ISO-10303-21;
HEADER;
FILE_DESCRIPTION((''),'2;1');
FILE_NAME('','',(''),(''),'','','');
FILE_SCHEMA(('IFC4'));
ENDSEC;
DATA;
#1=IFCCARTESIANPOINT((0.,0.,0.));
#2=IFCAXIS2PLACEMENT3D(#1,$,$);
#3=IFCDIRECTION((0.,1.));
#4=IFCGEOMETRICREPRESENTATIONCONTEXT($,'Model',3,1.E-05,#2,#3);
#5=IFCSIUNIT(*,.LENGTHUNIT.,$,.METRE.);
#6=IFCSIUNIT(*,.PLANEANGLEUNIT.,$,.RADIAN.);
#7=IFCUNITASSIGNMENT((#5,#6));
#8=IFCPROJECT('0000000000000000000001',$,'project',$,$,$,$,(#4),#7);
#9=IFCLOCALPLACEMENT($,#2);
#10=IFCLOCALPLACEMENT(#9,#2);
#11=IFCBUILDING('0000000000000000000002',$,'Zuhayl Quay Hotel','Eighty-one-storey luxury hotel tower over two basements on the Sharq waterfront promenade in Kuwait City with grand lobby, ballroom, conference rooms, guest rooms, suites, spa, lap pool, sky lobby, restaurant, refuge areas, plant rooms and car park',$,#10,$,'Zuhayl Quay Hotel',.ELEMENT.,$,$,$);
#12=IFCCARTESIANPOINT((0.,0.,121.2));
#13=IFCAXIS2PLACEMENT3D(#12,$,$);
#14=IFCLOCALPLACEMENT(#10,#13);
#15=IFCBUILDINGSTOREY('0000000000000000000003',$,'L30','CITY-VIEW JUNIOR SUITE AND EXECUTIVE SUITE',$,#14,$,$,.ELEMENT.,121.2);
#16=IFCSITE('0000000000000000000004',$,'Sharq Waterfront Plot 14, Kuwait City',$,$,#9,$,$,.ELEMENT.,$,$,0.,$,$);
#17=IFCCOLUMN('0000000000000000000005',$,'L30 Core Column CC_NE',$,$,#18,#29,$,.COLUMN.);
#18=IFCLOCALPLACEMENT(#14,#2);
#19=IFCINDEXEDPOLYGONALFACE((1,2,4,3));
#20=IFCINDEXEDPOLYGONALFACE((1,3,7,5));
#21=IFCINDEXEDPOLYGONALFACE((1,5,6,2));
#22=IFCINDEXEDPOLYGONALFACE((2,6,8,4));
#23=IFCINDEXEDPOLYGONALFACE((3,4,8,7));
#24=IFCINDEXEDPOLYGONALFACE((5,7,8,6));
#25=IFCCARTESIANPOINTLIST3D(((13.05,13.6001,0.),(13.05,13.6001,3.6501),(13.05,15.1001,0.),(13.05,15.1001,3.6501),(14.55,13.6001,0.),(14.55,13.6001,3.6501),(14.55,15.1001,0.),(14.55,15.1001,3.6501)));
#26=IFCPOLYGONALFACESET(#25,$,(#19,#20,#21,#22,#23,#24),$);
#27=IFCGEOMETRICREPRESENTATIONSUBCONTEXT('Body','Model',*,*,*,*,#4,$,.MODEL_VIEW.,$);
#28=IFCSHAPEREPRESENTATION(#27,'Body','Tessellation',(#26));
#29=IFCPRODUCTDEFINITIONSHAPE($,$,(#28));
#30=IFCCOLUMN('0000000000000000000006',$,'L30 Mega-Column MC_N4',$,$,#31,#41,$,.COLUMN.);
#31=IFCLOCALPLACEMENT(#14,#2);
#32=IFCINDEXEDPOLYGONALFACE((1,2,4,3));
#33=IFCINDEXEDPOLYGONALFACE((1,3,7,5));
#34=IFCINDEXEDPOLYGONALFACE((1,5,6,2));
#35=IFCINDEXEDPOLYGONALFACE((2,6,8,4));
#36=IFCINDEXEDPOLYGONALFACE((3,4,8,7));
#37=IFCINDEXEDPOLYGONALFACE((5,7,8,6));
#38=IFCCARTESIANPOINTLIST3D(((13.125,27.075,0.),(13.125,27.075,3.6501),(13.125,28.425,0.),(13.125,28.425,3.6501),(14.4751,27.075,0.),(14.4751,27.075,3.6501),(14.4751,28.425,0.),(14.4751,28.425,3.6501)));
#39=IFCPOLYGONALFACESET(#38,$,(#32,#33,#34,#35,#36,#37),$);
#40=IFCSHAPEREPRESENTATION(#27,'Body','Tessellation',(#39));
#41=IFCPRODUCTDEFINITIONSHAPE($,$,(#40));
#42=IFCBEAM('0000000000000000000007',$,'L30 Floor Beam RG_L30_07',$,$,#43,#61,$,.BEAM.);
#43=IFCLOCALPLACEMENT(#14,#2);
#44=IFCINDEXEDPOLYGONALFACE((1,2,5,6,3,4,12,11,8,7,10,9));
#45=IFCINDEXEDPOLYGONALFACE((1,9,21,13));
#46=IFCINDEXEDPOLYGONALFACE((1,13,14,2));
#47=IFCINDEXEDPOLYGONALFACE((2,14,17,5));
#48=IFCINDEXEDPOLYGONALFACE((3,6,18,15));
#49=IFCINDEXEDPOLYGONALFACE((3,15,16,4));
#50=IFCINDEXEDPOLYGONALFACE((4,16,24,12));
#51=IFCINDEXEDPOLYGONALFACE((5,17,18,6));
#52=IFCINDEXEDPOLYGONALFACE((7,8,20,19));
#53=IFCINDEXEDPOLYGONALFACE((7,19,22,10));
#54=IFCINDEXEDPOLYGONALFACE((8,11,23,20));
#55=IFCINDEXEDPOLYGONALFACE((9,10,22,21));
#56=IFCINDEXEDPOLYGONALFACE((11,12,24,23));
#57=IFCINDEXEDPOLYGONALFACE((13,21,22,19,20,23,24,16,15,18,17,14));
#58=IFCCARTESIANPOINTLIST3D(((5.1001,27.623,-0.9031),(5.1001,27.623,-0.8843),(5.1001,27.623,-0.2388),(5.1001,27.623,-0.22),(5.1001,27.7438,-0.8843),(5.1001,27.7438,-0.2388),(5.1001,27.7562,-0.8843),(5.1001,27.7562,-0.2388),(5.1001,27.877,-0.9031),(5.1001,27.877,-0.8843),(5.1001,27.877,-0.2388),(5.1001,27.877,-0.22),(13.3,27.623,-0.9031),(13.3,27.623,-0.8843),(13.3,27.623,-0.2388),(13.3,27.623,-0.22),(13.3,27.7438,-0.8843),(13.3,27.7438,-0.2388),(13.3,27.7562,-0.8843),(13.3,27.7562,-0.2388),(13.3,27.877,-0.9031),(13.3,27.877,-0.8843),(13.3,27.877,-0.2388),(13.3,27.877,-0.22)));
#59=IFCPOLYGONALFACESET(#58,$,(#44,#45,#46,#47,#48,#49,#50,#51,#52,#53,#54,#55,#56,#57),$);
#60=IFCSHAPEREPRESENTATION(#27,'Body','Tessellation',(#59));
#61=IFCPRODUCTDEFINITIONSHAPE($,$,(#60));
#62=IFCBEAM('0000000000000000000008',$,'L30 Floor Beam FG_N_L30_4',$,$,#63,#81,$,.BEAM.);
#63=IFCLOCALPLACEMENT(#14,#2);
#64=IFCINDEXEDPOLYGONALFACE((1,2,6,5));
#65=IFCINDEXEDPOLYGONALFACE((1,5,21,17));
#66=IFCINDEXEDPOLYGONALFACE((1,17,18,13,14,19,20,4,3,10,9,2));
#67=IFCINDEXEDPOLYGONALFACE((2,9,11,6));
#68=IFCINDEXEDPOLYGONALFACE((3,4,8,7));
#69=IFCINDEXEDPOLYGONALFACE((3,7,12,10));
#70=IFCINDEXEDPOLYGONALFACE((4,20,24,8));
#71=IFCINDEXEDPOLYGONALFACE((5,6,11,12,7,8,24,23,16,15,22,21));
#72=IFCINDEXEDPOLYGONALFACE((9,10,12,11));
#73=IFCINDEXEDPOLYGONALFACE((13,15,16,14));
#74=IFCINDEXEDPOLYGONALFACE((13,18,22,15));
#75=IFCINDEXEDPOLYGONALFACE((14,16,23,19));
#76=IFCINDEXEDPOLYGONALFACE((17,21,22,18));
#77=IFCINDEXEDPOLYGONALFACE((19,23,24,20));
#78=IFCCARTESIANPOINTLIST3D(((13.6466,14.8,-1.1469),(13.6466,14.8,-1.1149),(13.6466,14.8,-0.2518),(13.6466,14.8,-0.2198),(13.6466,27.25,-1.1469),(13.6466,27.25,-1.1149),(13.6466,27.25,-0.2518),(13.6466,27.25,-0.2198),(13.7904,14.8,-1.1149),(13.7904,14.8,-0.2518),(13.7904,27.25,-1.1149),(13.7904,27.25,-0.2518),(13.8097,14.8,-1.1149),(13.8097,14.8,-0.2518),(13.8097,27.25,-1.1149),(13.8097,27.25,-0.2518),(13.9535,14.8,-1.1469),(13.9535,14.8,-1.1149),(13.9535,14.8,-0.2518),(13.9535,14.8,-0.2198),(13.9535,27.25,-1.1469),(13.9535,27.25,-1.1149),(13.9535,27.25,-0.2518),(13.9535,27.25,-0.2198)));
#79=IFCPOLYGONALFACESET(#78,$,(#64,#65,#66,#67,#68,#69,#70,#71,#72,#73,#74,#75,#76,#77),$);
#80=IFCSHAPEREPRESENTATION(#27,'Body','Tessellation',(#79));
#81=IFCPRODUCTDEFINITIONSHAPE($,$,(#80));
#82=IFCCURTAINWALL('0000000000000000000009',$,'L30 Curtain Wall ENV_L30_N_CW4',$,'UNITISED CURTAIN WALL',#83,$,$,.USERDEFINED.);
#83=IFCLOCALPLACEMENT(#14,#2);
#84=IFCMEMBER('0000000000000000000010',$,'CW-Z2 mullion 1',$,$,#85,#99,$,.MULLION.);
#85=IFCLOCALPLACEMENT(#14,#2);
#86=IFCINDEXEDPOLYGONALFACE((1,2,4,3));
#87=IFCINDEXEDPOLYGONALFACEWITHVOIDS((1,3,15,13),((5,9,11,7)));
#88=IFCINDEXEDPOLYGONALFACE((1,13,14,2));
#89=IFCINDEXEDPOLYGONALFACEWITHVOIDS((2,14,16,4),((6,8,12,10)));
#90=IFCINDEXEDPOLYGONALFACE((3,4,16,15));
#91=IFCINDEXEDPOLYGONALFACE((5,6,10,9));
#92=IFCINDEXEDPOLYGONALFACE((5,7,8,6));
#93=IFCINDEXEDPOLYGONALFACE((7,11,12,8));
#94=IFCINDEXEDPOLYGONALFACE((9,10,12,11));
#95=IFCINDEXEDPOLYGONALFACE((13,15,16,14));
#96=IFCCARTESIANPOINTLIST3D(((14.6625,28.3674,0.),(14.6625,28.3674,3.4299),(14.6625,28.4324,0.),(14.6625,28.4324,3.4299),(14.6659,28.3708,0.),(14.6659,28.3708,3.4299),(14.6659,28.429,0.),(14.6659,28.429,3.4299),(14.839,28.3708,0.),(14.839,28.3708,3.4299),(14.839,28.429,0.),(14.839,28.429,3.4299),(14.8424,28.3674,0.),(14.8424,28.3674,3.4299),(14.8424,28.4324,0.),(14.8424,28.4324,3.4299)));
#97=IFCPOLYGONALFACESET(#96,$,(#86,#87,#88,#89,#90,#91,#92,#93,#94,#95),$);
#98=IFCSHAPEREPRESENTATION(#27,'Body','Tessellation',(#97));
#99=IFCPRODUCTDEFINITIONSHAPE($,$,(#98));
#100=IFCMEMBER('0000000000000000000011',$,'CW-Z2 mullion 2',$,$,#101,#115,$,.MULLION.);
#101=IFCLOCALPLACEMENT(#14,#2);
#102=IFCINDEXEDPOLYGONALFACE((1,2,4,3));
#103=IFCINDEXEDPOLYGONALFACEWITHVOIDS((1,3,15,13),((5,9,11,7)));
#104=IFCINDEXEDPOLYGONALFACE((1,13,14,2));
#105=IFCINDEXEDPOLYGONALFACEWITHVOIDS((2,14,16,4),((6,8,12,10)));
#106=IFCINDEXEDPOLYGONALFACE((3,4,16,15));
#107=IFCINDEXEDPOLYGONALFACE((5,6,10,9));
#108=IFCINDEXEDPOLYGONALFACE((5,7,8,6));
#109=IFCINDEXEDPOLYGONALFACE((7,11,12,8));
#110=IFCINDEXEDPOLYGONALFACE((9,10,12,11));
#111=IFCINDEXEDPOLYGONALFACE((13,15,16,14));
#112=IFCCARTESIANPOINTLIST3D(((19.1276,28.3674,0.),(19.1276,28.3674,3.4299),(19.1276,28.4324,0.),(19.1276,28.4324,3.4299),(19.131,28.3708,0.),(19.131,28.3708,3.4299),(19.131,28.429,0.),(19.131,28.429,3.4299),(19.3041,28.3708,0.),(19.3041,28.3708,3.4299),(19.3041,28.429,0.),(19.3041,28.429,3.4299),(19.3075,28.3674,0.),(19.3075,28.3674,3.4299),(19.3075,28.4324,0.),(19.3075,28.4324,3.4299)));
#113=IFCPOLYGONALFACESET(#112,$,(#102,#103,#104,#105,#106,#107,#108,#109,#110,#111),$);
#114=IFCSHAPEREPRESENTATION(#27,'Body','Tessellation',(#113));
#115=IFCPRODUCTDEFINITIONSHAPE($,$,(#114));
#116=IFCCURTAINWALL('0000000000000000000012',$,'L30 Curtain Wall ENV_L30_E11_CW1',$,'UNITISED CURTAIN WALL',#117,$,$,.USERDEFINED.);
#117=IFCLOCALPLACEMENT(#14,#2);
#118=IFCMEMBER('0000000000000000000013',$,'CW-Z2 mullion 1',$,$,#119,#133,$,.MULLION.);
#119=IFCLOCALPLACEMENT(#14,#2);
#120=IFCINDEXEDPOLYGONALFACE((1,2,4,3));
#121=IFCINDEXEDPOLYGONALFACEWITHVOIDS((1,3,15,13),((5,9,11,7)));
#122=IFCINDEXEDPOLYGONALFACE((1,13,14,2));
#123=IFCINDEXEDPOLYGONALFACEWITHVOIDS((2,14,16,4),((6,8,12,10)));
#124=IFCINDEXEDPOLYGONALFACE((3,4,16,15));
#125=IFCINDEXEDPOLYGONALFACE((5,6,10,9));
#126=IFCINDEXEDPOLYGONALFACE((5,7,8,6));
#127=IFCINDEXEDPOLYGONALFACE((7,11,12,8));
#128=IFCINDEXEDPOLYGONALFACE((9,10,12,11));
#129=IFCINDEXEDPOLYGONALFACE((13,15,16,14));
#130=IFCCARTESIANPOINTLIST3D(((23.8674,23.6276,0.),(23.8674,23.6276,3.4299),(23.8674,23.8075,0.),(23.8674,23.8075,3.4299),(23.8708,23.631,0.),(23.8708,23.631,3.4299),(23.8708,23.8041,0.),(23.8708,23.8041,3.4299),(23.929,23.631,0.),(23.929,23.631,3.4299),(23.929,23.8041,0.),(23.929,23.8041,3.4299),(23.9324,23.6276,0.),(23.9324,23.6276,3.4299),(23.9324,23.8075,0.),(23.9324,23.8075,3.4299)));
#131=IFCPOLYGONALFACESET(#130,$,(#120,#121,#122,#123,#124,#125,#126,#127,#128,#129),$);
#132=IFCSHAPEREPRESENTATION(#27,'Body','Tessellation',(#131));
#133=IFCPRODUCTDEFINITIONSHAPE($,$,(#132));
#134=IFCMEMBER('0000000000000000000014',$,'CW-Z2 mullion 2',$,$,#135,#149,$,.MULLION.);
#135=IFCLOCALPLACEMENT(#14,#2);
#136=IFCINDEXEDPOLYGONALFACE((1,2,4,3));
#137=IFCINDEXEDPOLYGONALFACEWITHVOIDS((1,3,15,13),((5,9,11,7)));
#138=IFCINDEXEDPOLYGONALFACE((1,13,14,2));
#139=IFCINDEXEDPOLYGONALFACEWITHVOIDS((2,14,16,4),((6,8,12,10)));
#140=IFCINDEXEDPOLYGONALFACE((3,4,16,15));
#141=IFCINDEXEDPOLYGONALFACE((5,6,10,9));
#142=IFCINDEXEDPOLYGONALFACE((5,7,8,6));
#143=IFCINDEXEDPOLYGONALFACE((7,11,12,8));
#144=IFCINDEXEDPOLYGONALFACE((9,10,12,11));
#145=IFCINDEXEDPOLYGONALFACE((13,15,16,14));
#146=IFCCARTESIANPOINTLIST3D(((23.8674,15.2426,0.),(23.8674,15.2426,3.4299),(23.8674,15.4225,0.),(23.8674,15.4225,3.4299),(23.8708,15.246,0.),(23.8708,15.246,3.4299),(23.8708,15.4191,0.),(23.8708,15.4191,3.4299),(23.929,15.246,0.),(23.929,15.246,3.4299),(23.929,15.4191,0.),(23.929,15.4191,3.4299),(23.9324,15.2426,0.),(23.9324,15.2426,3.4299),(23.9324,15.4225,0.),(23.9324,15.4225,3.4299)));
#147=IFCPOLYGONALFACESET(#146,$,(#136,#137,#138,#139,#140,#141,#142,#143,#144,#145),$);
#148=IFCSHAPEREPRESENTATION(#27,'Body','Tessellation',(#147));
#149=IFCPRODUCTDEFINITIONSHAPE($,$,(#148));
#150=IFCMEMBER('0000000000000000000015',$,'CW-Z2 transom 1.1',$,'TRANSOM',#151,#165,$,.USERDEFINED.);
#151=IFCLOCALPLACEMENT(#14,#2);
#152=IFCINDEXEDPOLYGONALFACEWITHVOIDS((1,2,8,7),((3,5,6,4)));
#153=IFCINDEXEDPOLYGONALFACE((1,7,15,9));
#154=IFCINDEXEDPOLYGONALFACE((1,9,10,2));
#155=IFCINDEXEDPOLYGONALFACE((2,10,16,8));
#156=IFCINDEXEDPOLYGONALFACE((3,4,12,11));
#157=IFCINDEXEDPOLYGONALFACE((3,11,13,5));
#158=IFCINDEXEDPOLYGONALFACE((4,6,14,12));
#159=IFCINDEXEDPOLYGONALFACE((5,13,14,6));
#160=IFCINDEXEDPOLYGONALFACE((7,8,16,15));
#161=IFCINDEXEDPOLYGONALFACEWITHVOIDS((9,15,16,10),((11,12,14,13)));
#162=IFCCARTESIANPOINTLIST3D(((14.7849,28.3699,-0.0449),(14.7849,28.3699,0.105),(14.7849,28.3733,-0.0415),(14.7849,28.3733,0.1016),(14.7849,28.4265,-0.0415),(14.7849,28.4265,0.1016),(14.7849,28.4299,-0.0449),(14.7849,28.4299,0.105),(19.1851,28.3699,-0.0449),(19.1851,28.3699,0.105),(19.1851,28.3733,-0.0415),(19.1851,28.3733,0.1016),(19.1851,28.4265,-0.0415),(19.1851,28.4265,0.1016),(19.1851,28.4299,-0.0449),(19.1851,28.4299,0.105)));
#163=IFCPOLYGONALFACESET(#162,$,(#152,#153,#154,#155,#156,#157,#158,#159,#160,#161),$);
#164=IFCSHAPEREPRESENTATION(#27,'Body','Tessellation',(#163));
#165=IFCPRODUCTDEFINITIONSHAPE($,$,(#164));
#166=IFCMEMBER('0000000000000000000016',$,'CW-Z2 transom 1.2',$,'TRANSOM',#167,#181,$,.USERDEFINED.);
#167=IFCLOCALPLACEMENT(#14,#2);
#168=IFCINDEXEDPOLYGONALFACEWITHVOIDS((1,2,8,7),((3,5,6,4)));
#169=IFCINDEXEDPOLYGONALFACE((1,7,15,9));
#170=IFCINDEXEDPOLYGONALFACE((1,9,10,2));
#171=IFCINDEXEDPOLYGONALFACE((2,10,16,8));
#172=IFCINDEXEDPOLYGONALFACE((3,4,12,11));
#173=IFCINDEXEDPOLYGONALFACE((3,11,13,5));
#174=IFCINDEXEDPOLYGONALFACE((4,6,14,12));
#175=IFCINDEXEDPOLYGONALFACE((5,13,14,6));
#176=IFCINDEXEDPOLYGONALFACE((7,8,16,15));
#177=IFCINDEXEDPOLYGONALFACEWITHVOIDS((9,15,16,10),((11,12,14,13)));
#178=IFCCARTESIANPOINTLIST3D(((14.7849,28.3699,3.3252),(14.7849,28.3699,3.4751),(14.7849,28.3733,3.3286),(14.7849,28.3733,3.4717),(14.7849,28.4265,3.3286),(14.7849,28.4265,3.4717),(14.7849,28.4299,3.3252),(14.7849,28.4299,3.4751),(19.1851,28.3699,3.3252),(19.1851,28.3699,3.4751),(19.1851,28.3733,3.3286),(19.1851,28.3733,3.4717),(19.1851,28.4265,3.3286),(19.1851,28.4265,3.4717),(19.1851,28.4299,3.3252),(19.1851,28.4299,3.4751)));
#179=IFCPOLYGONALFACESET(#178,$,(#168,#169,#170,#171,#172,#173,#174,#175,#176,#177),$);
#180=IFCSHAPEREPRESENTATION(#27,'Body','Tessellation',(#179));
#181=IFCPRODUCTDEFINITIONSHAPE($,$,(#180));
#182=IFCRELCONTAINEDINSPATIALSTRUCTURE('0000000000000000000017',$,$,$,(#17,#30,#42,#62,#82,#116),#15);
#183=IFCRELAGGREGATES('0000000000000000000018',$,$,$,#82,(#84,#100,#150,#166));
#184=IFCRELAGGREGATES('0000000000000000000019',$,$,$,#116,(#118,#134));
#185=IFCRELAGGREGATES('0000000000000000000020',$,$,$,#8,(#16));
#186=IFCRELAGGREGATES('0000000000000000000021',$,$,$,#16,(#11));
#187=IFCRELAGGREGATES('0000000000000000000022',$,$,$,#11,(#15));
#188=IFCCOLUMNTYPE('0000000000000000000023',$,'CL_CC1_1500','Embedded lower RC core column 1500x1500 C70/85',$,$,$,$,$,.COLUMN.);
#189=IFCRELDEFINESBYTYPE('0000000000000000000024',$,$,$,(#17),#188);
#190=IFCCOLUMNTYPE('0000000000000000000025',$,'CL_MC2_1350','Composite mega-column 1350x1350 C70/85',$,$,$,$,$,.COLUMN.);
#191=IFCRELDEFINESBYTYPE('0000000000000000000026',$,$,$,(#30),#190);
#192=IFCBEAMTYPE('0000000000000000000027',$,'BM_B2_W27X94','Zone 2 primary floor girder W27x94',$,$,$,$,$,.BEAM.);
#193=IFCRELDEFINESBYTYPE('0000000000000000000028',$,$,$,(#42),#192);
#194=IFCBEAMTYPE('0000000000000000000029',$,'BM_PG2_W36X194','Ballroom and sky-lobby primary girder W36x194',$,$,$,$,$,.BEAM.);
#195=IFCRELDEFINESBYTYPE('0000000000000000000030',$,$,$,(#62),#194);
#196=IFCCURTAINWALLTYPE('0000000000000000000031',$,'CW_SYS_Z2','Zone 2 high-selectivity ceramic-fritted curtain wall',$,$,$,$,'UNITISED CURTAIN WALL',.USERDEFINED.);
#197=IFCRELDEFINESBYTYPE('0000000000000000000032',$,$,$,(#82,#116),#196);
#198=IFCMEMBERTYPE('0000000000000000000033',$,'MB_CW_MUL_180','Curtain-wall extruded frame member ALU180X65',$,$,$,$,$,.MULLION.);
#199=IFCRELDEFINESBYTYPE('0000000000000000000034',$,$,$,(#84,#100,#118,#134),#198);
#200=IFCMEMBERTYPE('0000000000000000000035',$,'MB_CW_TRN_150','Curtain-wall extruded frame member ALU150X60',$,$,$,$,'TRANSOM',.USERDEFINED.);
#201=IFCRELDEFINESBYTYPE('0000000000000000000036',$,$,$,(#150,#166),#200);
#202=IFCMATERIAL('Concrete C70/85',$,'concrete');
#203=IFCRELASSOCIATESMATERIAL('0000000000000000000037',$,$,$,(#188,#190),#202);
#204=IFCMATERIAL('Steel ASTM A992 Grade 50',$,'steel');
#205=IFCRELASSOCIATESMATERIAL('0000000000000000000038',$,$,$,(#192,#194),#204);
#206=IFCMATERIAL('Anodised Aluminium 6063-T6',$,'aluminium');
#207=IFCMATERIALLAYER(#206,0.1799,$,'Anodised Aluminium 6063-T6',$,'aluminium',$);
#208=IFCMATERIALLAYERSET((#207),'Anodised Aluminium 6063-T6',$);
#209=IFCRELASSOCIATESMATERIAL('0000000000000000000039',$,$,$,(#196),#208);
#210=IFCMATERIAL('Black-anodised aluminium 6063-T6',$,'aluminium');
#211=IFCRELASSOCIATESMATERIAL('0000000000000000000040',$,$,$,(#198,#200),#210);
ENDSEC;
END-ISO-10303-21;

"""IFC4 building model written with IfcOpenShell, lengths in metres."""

from ifc_helpers import new_model, si_unit, direction, frame, origin, origin_2d, place, context, subcontext, project, spatial, rectangle, hollow_rectangle, i_section, extrude, material, layer, layer_set, material_profile, profile_set, type_object, element, aggregate, save


model = new_model("IFC4")

# Units and contexts
model_context = context("Model", 3, precision=1e-05, world=origin(), true_north=direction((0.0, 1.0)))
body_context = subcontext(model_context, "Body", "Model", "MODEL_VIEW")
ifc_project = project(units=[si_unit("LENGTHUNIT", "METRE"), si_unit("PLANEANGLEUNIT", "RADIAN")], contexts=[model_context])

# Site, building, storey
site_placement = place(None, origin())
site = spatial("IfcSite", under=ifc_project, at=site_placement, Name="Sharq Waterfront Plot 14, Kuwait City", CompositionType="ELEMENT", RefElevation=0.0)
building_placement = place(site_placement, origin())
building = spatial("IfcBuilding", under=site, at=building_placement, Name="Zuhayl Quay Hotel", Description="Eighty-one-storey luxury hotel tower over two basements on the Sharq waterfront promenade in Kuwait City with grand lobby, ballroom, conference rooms, guest rooms, suites, spa, lap pool, sky lobby, restaurant, refuge areas, plant rooms and car park", LongName="Zuhayl Quay Hotel", CompositionType="ELEMENT")
storey_placement = place(building_placement, frame((0.0, 0.0, 121.2)))
storey = spatial("IfcBuildingStorey", under=building, at=storey_placement, Name="L30", Description="CITY-VIEW JUNIOR SUITE AND EXECUTIVE SUITE", CompositionType="ELEMENT", Elevation=121.2)

# Columns
ifc_material_1 = material(Name="Concrete C70/85", Category="concrete")
ifc_material_profile_1 = material_profile(ifc_material_1, rectangle(XDim=1.5, YDim=1.5, at=origin_2d()), Name="RC1500X1500")
ifc_profile_set_1 = profile_set([ifc_material_profile_1], Name="Concrete C70/85")
column_type_1 = type_object("IfcColumnType", Name="CL_CC1_1500", Description="Embedded lower RC core column 1500x1500 C70/85", PredefinedType="COLUMN", material=ifc_profile_set_1)
column_1_placement = place(storey_placement, frame((13.8, 14.3501, 0.0), z_axis=(0.0, 0.0, 1.0), x_axis=(1.0, 0.0, 0.0)))
element("IfcColumn", 1, at=column_1_placement, inside=storey, type_object=column_type_1, Name="L30 Core Column CC_NE", PredefinedType="COLUMN", context=body_context, shape_type="SweptSolid", body=[
    extrude(rectangle(XDim=1.5, YDim=1.5, at=origin_2d()), origin(), (0.0, 0.0, 1.0), 3.6501),
])
ifc_material_profile_2 = material_profile(ifc_material_1, rectangle(XDim=1.3501, YDim=1.3501, at=origin_2d()), Name="RC1350X1350")
ifc_profile_set_2 = profile_set([ifc_material_profile_2], Name="Concrete C70/85")
column_type_2 = type_object("IfcColumnType", Name="CL_MC2_1350", Description="Composite mega-column 1350x1350 C70/85", PredefinedType="COLUMN", material=ifc_profile_set_2)
column_2_placement = place(storey_placement, frame((13.8, 27.75, 0.0), z_axis=(0.0, 0.0, 1.0), x_axis=(1.0, 0.0, 0.0)))
element("IfcColumn", 2, at=column_2_placement, inside=storey, type_object=column_type_2, Name="L30 Mega-Column MC_N4", PredefinedType="COLUMN", context=body_context, shape_type="SweptSolid", body=[
    extrude(rectangle(XDim=1.3501, YDim=1.3501, at=origin_2d()), origin(), (0.0, 0.0, 1.0), 3.6501),
])

# Beams
ifc_material_2 = material(Name="Steel ASTM A992 Grade 50", Category="steel")
ifc_material_profile_3 = material_profile(ifc_material_2, i_section(OverallWidth=0.2539, OverallDepth=0.6831, WebThickness=0.0125, FlangeThickness=0.0188, at=origin_2d()), Name="W27X94")
ifc_profile_set_3 = profile_set([ifc_material_profile_3], Name="Steel ASTM A992 Grade 50")
beam_type_1 = type_object("IfcBeamType", Name="BM_B2_W27X94", Description="Zone 2 primary floor girder W27x94", PredefinedType="BEAM", material=ifc_profile_set_3)
beam_1_placement = place(storey_placement, frame((13.3, 27.75, -0.5615), z_axis=(-1.0, 0.0, 0.0), x_axis=(0.0, -1.0, 0.0)))
element("IfcBeam", 3, at=beam_1_placement, inside=storey, type_object=beam_type_1, Name="L30 Floor Beam RG_L30_07", PredefinedType="BEAM", context=body_context, shape_type="SweptSolid", body=[
    extrude(i_section(OverallWidth=0.2539, OverallDepth=0.6831, WebThickness=0.0125, FlangeThickness=0.0188, at=origin_2d()), origin(), (0.0, 0.0, 1.0), 8.2),
])
ifc_material_profile_4 = material_profile(ifc_material_2, i_section(OverallWidth=0.3069, OverallDepth=0.927, WebThickness=0.0193, FlangeThickness=0.032, at=origin_2d()), Name="W36X194")
ifc_profile_set_4 = profile_set([ifc_material_profile_4], Name="Steel ASTM A992 Grade 50")
beam_type_2 = type_object("IfcBeamType", Name="BM_PG2_W36X194", Description="Ballroom and sky-lobby primary girder W36x194", PredefinedType="BEAM", material=ifc_profile_set_4)
beam_2_placement = place(storey_placement, frame((13.8, 14.8, -0.6833), z_axis=(0.0, 1.0, 0.0), x_axis=(-1.0, 0.0, 0.0)))
element("IfcBeam", 4, at=beam_2_placement, inside=storey, type_object=beam_type_2, Name="L30 Floor Beam FG_N_L30_4", PredefinedType="BEAM", context=body_context, shape_type="SweptSolid", body=[
    extrude(i_section(OverallWidth=0.3069, OverallDepth=0.927, WebThickness=0.0193, FlangeThickness=0.032, at=origin_2d()), origin(), (0.0, 0.0, 1.0), 12.45),
])

# Curtain walls, members
ifc_material_3 = material(Name="Anodised Aluminium 6063-T6", Category="aluminium")
ifc_layer_1 = layer(ifc_material_3, 0.1799, Name="Anodised Aluminium 6063-T6", Category="aluminium")
ifc_layer_set_1 = layer_set([ifc_layer_1], Name="Anodised Aluminium 6063-T6")
curtain_wall_type = type_object("IfcCurtainWallType", Name="CW_SYS_Z2", Description="Zone 2 high-selectivity ceramic-fritted curtain wall", ElementType="UNITISED CURTAIN WALL", PredefinedType="USERDEFINED", material=ifc_layer_set_1)
curtain_wall_1_placement = place(storey_placement, origin())
curtain_wall_1 = element("IfcCurtainWall", 5, at=curtain_wall_1_placement, inside=storey, type_object=curtain_wall_type, Name="L30 Curtain Wall ENV_L30_N_CW4", ObjectType="UNITISED CURTAIN WALL", PredefinedType="USERDEFINED")
ifc_material_4 = material(Name="Black-anodised aluminium 6063-T6", Category="aluminium")
ifc_material_profile_5 = material_profile(ifc_material_4, hollow_rectangle(XDim=0.0649, YDim=0.1799, WallThickness=0.0034, at=origin_2d()), Name="ALU180X65")
ifc_profile_set_5 = profile_set([ifc_material_profile_5], Name="Black-anodised aluminium 6063-T6")
member_type_1 = type_object("IfcMemberType", Name="MB_CW_MUL_180", Description="Curtain-wall extruded frame member ALU180X65", PredefinedType="MULLION", material=ifc_profile_set_5)
member_1_placement = place(storey_placement, frame((14.7524, 28.3999, 0.0), z_axis=(0.0, 0.0, 1.0), x_axis=(0.0, 1.0, 0.0)))
member_1 = element("IfcMember", 6, at=member_1_placement, type_object=member_type_1, Name="CW-Z2 mullion 1", PredefinedType="MULLION", context=body_context, shape_type="SweptSolid", body=[
    extrude(hollow_rectangle(XDim=0.0649, YDim=0.1799, WallThickness=0.0034, at=origin_2d()), origin(), (0.0, 0.0, 1.0), 3.4299),
])
member_2_placement = place(storey_placement, frame((19.2175, 28.3999, 0.0), z_axis=(0.0, 0.0, 1.0), x_axis=(0.0, 1.0, 0.0)))
member_2 = element("IfcMember", 7, at=member_2_placement, type_object=member_type_1, Name="CW-Z2 mullion 2", PredefinedType="MULLION", context=body_context, shape_type="SweptSolid", body=[
    extrude(hollow_rectangle(XDim=0.0649, YDim=0.1799, WallThickness=0.0034, at=origin_2d()), origin(), (0.0, 0.0, 1.0), 3.4299),
])
curtain_wall_2_placement = place(storey_placement, origin())
curtain_wall_2 = element("IfcCurtainWall", 8, at=curtain_wall_2_placement, inside=storey, type_object=curtain_wall_type, Name="L30 Curtain Wall ENV_L30_E11_CW1", ObjectType="UNITISED CURTAIN WALL", PredefinedType="USERDEFINED")
member_3_placement = place(storey_placement, frame((23.8999, 23.7175, 0.0), z_axis=(0.0, 0.0, 1.0), x_axis=(1.0, 0.0, 0.0)))
member_3 = element("IfcMember", 9, at=member_3_placement, type_object=member_type_1, Name="CW-Z2 mullion 1", PredefinedType="MULLION", context=body_context, shape_type="SweptSolid", body=[
    extrude(hollow_rectangle(XDim=0.0649, YDim=0.1799, WallThickness=0.0034, at=origin_2d()), origin(), (0.0, 0.0, 1.0), 3.4299),
])
member_4_placement = place(storey_placement, frame((23.8999, 15.3325, 0.0), z_axis=(0.0, 0.0, 1.0), x_axis=(1.0, 0.0, 0.0)))
member_4 = element("IfcMember", 10, at=member_4_placement, type_object=member_type_1, Name="CW-Z2 mullion 2", PredefinedType="MULLION", context=body_context, shape_type="SweptSolid", body=[
    extrude(hollow_rectangle(XDim=0.0649, YDim=0.1799, WallThickness=0.0034, at=origin_2d()), origin(), (0.0, 0.0, 1.0), 3.4299),
])

# Members
ifc_material_profile_6 = material_profile(ifc_material_4, hollow_rectangle(XDim=0.0601, YDim=0.1499, WallThickness=0.0034, at=origin_2d()), Name="ALU150X60")
ifc_profile_set_6 = profile_set([ifc_material_profile_6], Name="Black-anodised aluminium 6063-T6")
member_type_2 = type_object("IfcMemberType", Name="MB_CW_TRN_150", Description="Curtain-wall extruded frame member ALU150X60", ElementType="TRANSOM", PredefinedType="USERDEFINED", material=ifc_profile_set_6)
member_5_placement = place(storey_placement, frame((14.7849, 28.3999, 0.03), z_axis=(1.0, 0.0, 0.0), x_axis=(0.0, 1.0, 0.0)))
member_5 = element("IfcMember", 11, at=member_5_placement, type_object=member_type_2, Name="CW-Z2 transom 1.1", ObjectType="TRANSOM", PredefinedType="USERDEFINED", context=body_context, shape_type="SweptSolid", body=[
    extrude(hollow_rectangle(XDim=0.0601, YDim=0.1499, WallThickness=0.0034, at=origin_2d()), origin(), (0.0, 0.0, 1.0), 4.4001),
])
member_6_placement = place(storey_placement, frame((14.7849, 28.3999, 3.4001), z_axis=(1.0, 0.0, 0.0), x_axis=(0.0, 1.0, 0.0)))
member_6 = element("IfcMember", 12, at=member_6_placement, type_object=member_type_2, Name="CW-Z2 transom 1.2", ObjectType="TRANSOM", PredefinedType="USERDEFINED", context=body_context, shape_type="SweptSolid", body=[
    extrude(hollow_rectangle(XDim=0.0601, YDim=0.1499, WallThickness=0.0034, at=origin_2d()), origin(), (0.0, 0.0, 1.0), 4.4001),
])

aggregate(curtain_wall_1, [member_1, member_2, member_5, member_6])
aggregate(curtain_wall_2, [member_3, member_4])

save(model, "model.ifc")
